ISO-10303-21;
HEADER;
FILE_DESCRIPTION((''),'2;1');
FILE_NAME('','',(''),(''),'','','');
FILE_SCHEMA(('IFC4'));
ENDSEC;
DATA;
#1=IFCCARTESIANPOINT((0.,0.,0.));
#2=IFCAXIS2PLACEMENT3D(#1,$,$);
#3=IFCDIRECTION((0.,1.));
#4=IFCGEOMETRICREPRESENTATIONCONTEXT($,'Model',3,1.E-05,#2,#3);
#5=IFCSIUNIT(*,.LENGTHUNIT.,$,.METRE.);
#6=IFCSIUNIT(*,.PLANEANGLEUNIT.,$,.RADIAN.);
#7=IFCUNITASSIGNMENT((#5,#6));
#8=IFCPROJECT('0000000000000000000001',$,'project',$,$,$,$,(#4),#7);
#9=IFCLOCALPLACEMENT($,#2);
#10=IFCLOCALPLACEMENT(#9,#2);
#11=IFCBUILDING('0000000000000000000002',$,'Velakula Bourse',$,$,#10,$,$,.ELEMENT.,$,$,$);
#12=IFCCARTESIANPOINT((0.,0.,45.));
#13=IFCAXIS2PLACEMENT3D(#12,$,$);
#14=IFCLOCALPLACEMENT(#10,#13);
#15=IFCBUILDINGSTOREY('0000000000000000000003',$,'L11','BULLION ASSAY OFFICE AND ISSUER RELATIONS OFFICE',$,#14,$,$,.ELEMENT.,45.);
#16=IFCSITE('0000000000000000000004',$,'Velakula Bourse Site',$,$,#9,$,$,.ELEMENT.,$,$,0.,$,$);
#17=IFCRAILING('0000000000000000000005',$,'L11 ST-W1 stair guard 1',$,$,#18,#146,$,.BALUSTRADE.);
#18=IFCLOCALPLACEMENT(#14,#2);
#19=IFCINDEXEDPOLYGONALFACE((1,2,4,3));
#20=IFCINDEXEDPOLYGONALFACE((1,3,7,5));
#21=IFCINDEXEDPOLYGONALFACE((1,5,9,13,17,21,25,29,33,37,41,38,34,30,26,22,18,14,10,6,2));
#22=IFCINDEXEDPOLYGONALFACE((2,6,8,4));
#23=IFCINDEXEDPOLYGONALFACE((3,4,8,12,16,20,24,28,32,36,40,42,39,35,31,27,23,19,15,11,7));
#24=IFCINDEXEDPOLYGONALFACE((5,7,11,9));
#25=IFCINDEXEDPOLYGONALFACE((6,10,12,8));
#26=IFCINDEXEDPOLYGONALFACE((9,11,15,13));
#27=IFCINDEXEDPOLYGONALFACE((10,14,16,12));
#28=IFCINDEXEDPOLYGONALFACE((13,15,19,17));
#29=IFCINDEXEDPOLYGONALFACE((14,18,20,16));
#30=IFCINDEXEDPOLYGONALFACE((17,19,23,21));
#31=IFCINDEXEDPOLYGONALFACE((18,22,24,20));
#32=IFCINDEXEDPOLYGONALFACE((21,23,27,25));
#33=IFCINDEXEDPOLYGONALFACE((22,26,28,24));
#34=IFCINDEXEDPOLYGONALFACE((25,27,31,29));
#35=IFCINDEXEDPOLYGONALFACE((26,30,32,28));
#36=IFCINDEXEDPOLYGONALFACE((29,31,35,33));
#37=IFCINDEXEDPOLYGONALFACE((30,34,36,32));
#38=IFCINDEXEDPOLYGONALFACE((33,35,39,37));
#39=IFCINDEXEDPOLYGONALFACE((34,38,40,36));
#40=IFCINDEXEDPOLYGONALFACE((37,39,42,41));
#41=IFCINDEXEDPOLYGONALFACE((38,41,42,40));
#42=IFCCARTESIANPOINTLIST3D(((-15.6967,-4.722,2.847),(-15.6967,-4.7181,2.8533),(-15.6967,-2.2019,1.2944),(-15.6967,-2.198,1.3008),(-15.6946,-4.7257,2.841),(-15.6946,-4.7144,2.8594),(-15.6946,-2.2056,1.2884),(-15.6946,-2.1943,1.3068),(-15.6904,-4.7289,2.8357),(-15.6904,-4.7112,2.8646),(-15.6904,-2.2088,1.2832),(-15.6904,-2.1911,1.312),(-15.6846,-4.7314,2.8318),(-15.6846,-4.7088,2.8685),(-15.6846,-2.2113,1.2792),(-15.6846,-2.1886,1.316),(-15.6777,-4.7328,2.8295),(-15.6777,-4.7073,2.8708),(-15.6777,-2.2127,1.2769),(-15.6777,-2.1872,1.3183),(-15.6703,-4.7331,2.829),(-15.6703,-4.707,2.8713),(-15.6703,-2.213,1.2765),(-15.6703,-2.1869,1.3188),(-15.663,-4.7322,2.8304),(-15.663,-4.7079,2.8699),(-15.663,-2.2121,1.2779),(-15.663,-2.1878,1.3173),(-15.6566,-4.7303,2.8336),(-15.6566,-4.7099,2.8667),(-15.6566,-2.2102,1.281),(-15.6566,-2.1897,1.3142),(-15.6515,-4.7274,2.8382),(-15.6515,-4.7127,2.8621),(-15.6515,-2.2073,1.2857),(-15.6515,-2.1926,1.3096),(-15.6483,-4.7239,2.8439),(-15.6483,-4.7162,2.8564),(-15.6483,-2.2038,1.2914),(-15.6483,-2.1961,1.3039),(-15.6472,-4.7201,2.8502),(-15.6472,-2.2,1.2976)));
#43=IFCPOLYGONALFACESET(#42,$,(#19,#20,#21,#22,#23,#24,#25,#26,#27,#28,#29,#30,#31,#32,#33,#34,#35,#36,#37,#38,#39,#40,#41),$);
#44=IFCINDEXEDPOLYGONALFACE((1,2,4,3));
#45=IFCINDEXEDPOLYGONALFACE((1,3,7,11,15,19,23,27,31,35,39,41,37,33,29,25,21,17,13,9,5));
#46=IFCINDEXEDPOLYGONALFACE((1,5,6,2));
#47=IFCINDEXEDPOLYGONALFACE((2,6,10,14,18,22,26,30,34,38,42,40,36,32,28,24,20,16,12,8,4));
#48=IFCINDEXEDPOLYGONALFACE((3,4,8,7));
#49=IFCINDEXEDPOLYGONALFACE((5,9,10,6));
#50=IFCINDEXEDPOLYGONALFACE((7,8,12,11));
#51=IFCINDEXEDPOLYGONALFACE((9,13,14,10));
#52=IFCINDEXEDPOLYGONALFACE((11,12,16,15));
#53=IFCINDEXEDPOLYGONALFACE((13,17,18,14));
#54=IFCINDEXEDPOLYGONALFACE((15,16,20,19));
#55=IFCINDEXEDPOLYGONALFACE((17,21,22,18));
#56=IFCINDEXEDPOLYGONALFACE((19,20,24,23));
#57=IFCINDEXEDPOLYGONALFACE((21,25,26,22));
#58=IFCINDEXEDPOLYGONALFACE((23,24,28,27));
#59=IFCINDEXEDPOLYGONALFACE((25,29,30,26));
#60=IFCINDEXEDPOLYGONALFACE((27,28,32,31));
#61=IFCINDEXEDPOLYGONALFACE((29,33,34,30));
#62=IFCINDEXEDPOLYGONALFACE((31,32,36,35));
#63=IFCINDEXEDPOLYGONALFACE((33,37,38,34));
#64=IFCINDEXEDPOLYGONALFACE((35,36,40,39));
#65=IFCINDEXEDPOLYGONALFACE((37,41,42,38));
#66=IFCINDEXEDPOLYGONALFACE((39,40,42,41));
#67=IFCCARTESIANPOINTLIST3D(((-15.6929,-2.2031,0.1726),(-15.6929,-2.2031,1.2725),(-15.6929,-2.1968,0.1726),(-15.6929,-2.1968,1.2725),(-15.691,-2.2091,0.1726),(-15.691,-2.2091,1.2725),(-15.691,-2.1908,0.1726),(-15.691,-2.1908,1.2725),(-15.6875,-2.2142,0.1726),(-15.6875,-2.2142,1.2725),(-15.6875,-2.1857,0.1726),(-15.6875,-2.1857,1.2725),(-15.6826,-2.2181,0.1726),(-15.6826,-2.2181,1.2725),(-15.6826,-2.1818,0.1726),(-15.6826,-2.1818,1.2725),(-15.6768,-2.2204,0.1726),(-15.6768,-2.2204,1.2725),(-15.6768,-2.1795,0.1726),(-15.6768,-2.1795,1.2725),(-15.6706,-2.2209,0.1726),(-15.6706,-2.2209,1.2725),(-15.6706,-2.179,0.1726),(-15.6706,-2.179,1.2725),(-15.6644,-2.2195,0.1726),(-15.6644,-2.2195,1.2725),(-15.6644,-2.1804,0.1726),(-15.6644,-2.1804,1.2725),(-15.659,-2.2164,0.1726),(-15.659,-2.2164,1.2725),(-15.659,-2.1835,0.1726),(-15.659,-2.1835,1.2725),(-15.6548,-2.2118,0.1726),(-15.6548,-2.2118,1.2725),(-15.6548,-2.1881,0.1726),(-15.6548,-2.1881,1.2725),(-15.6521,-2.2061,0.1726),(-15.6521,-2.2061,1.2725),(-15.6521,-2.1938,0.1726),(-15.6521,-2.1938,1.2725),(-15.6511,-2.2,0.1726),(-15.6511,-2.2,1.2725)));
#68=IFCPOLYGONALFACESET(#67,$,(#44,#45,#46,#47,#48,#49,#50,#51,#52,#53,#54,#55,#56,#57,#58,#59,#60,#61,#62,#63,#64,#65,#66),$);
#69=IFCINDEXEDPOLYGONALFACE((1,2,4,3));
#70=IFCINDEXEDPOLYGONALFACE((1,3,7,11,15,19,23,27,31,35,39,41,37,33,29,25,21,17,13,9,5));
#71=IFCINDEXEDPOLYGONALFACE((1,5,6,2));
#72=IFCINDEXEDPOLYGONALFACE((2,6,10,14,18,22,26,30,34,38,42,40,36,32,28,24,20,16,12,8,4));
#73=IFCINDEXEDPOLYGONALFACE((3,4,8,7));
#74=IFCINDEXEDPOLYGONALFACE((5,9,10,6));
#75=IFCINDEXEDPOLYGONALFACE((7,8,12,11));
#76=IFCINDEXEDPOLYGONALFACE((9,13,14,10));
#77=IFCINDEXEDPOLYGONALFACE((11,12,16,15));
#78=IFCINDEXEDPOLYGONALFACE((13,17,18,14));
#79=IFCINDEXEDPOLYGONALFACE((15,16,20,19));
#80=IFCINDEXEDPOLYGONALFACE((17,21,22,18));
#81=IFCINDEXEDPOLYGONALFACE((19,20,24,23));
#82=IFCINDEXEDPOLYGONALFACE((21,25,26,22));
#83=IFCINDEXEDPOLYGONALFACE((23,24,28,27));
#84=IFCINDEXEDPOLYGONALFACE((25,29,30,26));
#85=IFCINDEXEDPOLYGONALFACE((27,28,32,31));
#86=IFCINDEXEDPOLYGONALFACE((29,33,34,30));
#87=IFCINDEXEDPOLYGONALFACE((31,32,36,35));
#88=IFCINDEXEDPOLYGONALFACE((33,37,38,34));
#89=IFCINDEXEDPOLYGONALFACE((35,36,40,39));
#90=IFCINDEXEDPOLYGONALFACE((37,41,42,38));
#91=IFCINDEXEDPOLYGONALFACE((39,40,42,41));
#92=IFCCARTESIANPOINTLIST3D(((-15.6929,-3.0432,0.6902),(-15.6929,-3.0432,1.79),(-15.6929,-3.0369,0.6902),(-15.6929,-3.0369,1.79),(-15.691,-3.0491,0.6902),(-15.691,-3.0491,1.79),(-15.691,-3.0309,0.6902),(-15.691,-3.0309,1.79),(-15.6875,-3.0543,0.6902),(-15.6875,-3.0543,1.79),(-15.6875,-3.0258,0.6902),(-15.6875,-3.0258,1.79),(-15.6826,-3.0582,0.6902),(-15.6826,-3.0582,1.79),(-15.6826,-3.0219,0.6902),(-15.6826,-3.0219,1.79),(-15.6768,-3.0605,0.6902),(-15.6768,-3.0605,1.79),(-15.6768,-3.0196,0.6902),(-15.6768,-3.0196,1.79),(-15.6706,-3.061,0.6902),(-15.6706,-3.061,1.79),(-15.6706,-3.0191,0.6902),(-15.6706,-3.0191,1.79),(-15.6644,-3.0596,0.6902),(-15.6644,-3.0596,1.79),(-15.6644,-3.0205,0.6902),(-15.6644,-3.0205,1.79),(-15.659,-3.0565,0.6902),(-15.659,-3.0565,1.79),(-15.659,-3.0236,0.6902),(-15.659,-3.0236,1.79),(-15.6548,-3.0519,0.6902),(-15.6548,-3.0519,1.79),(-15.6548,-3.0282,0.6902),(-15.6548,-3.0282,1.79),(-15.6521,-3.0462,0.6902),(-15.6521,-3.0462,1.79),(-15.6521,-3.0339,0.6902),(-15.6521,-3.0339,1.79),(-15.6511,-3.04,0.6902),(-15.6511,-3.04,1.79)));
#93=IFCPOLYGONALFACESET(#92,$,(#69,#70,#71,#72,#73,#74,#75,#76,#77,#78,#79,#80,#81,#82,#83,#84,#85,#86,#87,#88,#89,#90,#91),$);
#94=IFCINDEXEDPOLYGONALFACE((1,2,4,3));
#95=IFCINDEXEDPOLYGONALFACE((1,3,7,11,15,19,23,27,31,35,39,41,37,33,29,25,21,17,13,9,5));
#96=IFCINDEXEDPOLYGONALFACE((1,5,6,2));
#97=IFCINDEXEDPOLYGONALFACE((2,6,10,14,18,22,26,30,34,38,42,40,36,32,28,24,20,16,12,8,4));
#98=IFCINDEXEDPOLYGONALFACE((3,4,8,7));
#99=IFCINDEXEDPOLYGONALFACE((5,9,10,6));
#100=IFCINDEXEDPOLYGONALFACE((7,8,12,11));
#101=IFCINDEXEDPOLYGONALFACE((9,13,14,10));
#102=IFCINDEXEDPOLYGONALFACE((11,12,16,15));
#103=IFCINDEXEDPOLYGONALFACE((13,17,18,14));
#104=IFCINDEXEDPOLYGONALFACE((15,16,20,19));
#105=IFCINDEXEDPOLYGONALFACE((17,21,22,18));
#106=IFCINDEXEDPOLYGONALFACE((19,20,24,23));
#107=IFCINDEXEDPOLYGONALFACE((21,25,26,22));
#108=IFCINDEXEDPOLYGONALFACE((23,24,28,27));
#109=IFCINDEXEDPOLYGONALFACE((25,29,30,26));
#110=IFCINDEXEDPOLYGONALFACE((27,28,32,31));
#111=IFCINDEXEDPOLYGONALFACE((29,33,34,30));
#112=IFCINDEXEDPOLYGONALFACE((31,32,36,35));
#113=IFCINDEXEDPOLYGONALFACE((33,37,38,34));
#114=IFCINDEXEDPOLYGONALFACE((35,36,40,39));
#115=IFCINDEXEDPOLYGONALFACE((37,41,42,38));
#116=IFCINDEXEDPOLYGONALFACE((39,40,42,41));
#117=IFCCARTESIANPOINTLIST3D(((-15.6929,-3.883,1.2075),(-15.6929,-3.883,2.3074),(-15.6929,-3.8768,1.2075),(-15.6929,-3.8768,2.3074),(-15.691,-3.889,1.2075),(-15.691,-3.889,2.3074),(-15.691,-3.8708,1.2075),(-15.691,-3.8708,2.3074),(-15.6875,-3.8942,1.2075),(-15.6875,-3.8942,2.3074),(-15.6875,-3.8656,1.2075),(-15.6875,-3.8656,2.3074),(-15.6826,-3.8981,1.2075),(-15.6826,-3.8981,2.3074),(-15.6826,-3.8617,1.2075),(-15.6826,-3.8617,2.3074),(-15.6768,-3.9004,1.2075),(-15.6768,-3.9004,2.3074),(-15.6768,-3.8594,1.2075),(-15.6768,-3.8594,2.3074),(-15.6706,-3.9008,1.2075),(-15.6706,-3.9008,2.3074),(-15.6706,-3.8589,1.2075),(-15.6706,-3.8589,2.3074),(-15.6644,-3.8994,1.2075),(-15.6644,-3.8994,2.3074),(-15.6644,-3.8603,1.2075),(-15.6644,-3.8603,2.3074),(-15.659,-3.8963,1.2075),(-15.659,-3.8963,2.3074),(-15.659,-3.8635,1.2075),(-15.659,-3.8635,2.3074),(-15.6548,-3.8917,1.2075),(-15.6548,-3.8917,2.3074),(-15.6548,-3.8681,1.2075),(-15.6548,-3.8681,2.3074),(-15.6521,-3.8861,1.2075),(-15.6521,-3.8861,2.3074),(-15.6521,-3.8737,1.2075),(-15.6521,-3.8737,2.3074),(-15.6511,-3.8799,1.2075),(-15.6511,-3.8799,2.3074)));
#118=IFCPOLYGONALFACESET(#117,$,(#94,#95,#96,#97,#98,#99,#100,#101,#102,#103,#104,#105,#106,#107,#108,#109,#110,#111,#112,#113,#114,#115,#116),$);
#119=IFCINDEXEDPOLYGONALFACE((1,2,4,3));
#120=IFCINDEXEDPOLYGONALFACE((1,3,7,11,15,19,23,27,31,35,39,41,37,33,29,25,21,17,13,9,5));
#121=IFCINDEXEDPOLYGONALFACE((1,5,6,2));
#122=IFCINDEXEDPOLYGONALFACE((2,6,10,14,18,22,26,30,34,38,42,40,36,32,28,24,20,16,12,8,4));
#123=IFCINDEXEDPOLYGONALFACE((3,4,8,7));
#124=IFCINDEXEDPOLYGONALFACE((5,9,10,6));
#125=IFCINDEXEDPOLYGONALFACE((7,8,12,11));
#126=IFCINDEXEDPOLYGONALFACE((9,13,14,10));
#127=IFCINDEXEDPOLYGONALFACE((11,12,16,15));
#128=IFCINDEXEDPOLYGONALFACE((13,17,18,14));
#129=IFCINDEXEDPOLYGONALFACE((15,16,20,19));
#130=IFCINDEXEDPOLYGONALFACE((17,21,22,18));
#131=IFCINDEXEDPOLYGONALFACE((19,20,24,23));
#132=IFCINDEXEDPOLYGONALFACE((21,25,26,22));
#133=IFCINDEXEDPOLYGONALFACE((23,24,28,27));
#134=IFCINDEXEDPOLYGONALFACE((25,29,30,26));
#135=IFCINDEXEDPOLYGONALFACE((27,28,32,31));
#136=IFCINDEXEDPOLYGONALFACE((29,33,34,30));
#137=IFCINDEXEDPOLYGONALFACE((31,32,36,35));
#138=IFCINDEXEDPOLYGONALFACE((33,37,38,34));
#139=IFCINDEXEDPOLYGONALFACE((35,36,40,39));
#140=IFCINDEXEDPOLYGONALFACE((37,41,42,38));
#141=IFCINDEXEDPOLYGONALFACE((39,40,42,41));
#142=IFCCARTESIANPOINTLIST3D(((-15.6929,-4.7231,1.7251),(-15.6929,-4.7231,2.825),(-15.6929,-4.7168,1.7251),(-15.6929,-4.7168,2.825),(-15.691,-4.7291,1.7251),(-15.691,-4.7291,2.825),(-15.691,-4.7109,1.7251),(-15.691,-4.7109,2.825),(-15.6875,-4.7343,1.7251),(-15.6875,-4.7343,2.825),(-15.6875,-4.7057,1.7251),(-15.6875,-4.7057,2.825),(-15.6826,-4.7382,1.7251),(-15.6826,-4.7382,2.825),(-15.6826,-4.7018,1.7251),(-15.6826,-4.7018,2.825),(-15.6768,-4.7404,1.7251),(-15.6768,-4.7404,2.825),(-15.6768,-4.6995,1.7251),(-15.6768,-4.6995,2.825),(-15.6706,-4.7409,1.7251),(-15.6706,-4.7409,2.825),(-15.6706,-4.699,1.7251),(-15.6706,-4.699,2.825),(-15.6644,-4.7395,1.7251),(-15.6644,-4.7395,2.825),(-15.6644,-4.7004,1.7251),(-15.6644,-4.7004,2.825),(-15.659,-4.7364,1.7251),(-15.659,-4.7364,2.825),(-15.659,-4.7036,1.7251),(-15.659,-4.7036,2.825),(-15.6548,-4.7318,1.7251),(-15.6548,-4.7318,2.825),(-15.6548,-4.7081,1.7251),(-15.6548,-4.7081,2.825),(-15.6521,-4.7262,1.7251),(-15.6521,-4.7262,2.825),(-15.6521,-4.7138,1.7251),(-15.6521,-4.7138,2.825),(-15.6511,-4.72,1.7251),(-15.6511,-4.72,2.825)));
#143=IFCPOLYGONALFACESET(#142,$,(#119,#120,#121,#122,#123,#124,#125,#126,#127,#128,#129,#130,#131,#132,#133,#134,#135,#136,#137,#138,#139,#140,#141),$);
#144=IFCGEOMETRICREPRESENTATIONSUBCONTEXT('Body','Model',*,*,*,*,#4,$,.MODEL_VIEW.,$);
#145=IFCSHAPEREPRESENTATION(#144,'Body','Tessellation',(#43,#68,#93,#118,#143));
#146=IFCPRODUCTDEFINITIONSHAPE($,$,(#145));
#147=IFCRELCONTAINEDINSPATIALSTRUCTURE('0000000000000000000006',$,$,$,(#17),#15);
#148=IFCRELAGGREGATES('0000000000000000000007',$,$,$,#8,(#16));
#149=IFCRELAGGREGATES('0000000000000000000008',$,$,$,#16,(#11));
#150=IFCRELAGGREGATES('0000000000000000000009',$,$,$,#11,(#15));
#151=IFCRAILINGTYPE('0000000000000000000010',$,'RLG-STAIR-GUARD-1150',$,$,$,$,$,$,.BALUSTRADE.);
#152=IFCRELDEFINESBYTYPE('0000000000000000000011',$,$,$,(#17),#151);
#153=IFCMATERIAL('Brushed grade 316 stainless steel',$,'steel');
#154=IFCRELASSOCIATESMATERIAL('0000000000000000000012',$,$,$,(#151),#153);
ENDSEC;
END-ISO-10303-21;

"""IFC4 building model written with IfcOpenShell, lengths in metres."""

from ifc_helpers import new_model, si_unit, direction, frame, origin, origin_2d, place, context, subcontext, project, spatial, circle, extrude, material, type_object, element, save


model = new_model("IFC4")

# Units and contexts
model_context = context("Model", 3, precision=1e-05, world=origin(), true_north=direction((0.0, 1.0)))
body_context = subcontext(model_context, "Body", "Model", "MODEL_VIEW")
ifc_project = project(units=[si_unit("LENGTHUNIT", "METRE"), si_unit("PLANEANGLEUNIT", "RADIAN")], contexts=[model_context])

# Site, building, storey
site_placement = place(None, origin())
site = spatial("IfcSite", under=ifc_project, at=site_placement, Name="Velakula Bourse Site", CompositionType="ELEMENT", RefElevation=0.0)
building_placement = place(site_placement, origin())
building = spatial("IfcBuilding", under=site, at=building_placement, Name="Velakula Bourse", CompositionType="ELEMENT")
storey_placement = place(building_placement, frame((0.0, 0.0, 45.0)))
storey = spatial("IfcBuildingStorey", under=building, at=storey_placement, Name="L11", Description="BULLION ASSAY OFFICE AND ISSUER RELATIONS OFFICE", CompositionType="ELEMENT", Elevation=45.0)

# Shared definitions
ifc_material_1 = material(Name="Brushed grade 316 stainless steel", Category="steel")

# Railing
railing_type_1 = type_object("IfcRailingType", Name="RLG-STAIR-GUARD-1150", PredefinedType="BALUSTRADE", material=ifc_material_1)
railing_1_placement = place(storey_placement, frame((-15.6721, -2.2, 0.1726)))
element("IfcRailing", 1, at=railing_1_placement, inside=storey, type_object=railing_type_1, Name="L11 ST-W1 stair guard 1", PredefinedType="BALUSTRADE", context=body_context, shape_type="SweptSolid", body=[
    extrude(circle(Radius=0.0249, at=origin_2d()), frame((0.0, 0.0, 1.125), z_axis=(0.0, -0.8514, 0.524516), x_axis=(1.0, 0.0, 0.0)), (0.0, 0.0, 1.0), 2.96),
    extrude(circle(Radius=0.021, at=origin_2d()), origin(), (0.0, 0.0, 1.0), 1.0999),
    extrude(circle(Radius=0.021, at=origin_2d()), frame((0.0, -0.8401, 0.5176)), (0.0, 0.0, 1.0), 1.0999),
    extrude(circle(Radius=0.021, at=origin_2d()), frame((0.0, -1.6799, 1.0349)), (0.0, 0.0, 1.0), 1.0999),
    extrude(circle(Radius=0.021, at=origin_2d()), frame((0.0, -2.52, 1.5525)), (0.0, 0.0, 1.0), 1.0999),
])

save(model, "model.ifc")
